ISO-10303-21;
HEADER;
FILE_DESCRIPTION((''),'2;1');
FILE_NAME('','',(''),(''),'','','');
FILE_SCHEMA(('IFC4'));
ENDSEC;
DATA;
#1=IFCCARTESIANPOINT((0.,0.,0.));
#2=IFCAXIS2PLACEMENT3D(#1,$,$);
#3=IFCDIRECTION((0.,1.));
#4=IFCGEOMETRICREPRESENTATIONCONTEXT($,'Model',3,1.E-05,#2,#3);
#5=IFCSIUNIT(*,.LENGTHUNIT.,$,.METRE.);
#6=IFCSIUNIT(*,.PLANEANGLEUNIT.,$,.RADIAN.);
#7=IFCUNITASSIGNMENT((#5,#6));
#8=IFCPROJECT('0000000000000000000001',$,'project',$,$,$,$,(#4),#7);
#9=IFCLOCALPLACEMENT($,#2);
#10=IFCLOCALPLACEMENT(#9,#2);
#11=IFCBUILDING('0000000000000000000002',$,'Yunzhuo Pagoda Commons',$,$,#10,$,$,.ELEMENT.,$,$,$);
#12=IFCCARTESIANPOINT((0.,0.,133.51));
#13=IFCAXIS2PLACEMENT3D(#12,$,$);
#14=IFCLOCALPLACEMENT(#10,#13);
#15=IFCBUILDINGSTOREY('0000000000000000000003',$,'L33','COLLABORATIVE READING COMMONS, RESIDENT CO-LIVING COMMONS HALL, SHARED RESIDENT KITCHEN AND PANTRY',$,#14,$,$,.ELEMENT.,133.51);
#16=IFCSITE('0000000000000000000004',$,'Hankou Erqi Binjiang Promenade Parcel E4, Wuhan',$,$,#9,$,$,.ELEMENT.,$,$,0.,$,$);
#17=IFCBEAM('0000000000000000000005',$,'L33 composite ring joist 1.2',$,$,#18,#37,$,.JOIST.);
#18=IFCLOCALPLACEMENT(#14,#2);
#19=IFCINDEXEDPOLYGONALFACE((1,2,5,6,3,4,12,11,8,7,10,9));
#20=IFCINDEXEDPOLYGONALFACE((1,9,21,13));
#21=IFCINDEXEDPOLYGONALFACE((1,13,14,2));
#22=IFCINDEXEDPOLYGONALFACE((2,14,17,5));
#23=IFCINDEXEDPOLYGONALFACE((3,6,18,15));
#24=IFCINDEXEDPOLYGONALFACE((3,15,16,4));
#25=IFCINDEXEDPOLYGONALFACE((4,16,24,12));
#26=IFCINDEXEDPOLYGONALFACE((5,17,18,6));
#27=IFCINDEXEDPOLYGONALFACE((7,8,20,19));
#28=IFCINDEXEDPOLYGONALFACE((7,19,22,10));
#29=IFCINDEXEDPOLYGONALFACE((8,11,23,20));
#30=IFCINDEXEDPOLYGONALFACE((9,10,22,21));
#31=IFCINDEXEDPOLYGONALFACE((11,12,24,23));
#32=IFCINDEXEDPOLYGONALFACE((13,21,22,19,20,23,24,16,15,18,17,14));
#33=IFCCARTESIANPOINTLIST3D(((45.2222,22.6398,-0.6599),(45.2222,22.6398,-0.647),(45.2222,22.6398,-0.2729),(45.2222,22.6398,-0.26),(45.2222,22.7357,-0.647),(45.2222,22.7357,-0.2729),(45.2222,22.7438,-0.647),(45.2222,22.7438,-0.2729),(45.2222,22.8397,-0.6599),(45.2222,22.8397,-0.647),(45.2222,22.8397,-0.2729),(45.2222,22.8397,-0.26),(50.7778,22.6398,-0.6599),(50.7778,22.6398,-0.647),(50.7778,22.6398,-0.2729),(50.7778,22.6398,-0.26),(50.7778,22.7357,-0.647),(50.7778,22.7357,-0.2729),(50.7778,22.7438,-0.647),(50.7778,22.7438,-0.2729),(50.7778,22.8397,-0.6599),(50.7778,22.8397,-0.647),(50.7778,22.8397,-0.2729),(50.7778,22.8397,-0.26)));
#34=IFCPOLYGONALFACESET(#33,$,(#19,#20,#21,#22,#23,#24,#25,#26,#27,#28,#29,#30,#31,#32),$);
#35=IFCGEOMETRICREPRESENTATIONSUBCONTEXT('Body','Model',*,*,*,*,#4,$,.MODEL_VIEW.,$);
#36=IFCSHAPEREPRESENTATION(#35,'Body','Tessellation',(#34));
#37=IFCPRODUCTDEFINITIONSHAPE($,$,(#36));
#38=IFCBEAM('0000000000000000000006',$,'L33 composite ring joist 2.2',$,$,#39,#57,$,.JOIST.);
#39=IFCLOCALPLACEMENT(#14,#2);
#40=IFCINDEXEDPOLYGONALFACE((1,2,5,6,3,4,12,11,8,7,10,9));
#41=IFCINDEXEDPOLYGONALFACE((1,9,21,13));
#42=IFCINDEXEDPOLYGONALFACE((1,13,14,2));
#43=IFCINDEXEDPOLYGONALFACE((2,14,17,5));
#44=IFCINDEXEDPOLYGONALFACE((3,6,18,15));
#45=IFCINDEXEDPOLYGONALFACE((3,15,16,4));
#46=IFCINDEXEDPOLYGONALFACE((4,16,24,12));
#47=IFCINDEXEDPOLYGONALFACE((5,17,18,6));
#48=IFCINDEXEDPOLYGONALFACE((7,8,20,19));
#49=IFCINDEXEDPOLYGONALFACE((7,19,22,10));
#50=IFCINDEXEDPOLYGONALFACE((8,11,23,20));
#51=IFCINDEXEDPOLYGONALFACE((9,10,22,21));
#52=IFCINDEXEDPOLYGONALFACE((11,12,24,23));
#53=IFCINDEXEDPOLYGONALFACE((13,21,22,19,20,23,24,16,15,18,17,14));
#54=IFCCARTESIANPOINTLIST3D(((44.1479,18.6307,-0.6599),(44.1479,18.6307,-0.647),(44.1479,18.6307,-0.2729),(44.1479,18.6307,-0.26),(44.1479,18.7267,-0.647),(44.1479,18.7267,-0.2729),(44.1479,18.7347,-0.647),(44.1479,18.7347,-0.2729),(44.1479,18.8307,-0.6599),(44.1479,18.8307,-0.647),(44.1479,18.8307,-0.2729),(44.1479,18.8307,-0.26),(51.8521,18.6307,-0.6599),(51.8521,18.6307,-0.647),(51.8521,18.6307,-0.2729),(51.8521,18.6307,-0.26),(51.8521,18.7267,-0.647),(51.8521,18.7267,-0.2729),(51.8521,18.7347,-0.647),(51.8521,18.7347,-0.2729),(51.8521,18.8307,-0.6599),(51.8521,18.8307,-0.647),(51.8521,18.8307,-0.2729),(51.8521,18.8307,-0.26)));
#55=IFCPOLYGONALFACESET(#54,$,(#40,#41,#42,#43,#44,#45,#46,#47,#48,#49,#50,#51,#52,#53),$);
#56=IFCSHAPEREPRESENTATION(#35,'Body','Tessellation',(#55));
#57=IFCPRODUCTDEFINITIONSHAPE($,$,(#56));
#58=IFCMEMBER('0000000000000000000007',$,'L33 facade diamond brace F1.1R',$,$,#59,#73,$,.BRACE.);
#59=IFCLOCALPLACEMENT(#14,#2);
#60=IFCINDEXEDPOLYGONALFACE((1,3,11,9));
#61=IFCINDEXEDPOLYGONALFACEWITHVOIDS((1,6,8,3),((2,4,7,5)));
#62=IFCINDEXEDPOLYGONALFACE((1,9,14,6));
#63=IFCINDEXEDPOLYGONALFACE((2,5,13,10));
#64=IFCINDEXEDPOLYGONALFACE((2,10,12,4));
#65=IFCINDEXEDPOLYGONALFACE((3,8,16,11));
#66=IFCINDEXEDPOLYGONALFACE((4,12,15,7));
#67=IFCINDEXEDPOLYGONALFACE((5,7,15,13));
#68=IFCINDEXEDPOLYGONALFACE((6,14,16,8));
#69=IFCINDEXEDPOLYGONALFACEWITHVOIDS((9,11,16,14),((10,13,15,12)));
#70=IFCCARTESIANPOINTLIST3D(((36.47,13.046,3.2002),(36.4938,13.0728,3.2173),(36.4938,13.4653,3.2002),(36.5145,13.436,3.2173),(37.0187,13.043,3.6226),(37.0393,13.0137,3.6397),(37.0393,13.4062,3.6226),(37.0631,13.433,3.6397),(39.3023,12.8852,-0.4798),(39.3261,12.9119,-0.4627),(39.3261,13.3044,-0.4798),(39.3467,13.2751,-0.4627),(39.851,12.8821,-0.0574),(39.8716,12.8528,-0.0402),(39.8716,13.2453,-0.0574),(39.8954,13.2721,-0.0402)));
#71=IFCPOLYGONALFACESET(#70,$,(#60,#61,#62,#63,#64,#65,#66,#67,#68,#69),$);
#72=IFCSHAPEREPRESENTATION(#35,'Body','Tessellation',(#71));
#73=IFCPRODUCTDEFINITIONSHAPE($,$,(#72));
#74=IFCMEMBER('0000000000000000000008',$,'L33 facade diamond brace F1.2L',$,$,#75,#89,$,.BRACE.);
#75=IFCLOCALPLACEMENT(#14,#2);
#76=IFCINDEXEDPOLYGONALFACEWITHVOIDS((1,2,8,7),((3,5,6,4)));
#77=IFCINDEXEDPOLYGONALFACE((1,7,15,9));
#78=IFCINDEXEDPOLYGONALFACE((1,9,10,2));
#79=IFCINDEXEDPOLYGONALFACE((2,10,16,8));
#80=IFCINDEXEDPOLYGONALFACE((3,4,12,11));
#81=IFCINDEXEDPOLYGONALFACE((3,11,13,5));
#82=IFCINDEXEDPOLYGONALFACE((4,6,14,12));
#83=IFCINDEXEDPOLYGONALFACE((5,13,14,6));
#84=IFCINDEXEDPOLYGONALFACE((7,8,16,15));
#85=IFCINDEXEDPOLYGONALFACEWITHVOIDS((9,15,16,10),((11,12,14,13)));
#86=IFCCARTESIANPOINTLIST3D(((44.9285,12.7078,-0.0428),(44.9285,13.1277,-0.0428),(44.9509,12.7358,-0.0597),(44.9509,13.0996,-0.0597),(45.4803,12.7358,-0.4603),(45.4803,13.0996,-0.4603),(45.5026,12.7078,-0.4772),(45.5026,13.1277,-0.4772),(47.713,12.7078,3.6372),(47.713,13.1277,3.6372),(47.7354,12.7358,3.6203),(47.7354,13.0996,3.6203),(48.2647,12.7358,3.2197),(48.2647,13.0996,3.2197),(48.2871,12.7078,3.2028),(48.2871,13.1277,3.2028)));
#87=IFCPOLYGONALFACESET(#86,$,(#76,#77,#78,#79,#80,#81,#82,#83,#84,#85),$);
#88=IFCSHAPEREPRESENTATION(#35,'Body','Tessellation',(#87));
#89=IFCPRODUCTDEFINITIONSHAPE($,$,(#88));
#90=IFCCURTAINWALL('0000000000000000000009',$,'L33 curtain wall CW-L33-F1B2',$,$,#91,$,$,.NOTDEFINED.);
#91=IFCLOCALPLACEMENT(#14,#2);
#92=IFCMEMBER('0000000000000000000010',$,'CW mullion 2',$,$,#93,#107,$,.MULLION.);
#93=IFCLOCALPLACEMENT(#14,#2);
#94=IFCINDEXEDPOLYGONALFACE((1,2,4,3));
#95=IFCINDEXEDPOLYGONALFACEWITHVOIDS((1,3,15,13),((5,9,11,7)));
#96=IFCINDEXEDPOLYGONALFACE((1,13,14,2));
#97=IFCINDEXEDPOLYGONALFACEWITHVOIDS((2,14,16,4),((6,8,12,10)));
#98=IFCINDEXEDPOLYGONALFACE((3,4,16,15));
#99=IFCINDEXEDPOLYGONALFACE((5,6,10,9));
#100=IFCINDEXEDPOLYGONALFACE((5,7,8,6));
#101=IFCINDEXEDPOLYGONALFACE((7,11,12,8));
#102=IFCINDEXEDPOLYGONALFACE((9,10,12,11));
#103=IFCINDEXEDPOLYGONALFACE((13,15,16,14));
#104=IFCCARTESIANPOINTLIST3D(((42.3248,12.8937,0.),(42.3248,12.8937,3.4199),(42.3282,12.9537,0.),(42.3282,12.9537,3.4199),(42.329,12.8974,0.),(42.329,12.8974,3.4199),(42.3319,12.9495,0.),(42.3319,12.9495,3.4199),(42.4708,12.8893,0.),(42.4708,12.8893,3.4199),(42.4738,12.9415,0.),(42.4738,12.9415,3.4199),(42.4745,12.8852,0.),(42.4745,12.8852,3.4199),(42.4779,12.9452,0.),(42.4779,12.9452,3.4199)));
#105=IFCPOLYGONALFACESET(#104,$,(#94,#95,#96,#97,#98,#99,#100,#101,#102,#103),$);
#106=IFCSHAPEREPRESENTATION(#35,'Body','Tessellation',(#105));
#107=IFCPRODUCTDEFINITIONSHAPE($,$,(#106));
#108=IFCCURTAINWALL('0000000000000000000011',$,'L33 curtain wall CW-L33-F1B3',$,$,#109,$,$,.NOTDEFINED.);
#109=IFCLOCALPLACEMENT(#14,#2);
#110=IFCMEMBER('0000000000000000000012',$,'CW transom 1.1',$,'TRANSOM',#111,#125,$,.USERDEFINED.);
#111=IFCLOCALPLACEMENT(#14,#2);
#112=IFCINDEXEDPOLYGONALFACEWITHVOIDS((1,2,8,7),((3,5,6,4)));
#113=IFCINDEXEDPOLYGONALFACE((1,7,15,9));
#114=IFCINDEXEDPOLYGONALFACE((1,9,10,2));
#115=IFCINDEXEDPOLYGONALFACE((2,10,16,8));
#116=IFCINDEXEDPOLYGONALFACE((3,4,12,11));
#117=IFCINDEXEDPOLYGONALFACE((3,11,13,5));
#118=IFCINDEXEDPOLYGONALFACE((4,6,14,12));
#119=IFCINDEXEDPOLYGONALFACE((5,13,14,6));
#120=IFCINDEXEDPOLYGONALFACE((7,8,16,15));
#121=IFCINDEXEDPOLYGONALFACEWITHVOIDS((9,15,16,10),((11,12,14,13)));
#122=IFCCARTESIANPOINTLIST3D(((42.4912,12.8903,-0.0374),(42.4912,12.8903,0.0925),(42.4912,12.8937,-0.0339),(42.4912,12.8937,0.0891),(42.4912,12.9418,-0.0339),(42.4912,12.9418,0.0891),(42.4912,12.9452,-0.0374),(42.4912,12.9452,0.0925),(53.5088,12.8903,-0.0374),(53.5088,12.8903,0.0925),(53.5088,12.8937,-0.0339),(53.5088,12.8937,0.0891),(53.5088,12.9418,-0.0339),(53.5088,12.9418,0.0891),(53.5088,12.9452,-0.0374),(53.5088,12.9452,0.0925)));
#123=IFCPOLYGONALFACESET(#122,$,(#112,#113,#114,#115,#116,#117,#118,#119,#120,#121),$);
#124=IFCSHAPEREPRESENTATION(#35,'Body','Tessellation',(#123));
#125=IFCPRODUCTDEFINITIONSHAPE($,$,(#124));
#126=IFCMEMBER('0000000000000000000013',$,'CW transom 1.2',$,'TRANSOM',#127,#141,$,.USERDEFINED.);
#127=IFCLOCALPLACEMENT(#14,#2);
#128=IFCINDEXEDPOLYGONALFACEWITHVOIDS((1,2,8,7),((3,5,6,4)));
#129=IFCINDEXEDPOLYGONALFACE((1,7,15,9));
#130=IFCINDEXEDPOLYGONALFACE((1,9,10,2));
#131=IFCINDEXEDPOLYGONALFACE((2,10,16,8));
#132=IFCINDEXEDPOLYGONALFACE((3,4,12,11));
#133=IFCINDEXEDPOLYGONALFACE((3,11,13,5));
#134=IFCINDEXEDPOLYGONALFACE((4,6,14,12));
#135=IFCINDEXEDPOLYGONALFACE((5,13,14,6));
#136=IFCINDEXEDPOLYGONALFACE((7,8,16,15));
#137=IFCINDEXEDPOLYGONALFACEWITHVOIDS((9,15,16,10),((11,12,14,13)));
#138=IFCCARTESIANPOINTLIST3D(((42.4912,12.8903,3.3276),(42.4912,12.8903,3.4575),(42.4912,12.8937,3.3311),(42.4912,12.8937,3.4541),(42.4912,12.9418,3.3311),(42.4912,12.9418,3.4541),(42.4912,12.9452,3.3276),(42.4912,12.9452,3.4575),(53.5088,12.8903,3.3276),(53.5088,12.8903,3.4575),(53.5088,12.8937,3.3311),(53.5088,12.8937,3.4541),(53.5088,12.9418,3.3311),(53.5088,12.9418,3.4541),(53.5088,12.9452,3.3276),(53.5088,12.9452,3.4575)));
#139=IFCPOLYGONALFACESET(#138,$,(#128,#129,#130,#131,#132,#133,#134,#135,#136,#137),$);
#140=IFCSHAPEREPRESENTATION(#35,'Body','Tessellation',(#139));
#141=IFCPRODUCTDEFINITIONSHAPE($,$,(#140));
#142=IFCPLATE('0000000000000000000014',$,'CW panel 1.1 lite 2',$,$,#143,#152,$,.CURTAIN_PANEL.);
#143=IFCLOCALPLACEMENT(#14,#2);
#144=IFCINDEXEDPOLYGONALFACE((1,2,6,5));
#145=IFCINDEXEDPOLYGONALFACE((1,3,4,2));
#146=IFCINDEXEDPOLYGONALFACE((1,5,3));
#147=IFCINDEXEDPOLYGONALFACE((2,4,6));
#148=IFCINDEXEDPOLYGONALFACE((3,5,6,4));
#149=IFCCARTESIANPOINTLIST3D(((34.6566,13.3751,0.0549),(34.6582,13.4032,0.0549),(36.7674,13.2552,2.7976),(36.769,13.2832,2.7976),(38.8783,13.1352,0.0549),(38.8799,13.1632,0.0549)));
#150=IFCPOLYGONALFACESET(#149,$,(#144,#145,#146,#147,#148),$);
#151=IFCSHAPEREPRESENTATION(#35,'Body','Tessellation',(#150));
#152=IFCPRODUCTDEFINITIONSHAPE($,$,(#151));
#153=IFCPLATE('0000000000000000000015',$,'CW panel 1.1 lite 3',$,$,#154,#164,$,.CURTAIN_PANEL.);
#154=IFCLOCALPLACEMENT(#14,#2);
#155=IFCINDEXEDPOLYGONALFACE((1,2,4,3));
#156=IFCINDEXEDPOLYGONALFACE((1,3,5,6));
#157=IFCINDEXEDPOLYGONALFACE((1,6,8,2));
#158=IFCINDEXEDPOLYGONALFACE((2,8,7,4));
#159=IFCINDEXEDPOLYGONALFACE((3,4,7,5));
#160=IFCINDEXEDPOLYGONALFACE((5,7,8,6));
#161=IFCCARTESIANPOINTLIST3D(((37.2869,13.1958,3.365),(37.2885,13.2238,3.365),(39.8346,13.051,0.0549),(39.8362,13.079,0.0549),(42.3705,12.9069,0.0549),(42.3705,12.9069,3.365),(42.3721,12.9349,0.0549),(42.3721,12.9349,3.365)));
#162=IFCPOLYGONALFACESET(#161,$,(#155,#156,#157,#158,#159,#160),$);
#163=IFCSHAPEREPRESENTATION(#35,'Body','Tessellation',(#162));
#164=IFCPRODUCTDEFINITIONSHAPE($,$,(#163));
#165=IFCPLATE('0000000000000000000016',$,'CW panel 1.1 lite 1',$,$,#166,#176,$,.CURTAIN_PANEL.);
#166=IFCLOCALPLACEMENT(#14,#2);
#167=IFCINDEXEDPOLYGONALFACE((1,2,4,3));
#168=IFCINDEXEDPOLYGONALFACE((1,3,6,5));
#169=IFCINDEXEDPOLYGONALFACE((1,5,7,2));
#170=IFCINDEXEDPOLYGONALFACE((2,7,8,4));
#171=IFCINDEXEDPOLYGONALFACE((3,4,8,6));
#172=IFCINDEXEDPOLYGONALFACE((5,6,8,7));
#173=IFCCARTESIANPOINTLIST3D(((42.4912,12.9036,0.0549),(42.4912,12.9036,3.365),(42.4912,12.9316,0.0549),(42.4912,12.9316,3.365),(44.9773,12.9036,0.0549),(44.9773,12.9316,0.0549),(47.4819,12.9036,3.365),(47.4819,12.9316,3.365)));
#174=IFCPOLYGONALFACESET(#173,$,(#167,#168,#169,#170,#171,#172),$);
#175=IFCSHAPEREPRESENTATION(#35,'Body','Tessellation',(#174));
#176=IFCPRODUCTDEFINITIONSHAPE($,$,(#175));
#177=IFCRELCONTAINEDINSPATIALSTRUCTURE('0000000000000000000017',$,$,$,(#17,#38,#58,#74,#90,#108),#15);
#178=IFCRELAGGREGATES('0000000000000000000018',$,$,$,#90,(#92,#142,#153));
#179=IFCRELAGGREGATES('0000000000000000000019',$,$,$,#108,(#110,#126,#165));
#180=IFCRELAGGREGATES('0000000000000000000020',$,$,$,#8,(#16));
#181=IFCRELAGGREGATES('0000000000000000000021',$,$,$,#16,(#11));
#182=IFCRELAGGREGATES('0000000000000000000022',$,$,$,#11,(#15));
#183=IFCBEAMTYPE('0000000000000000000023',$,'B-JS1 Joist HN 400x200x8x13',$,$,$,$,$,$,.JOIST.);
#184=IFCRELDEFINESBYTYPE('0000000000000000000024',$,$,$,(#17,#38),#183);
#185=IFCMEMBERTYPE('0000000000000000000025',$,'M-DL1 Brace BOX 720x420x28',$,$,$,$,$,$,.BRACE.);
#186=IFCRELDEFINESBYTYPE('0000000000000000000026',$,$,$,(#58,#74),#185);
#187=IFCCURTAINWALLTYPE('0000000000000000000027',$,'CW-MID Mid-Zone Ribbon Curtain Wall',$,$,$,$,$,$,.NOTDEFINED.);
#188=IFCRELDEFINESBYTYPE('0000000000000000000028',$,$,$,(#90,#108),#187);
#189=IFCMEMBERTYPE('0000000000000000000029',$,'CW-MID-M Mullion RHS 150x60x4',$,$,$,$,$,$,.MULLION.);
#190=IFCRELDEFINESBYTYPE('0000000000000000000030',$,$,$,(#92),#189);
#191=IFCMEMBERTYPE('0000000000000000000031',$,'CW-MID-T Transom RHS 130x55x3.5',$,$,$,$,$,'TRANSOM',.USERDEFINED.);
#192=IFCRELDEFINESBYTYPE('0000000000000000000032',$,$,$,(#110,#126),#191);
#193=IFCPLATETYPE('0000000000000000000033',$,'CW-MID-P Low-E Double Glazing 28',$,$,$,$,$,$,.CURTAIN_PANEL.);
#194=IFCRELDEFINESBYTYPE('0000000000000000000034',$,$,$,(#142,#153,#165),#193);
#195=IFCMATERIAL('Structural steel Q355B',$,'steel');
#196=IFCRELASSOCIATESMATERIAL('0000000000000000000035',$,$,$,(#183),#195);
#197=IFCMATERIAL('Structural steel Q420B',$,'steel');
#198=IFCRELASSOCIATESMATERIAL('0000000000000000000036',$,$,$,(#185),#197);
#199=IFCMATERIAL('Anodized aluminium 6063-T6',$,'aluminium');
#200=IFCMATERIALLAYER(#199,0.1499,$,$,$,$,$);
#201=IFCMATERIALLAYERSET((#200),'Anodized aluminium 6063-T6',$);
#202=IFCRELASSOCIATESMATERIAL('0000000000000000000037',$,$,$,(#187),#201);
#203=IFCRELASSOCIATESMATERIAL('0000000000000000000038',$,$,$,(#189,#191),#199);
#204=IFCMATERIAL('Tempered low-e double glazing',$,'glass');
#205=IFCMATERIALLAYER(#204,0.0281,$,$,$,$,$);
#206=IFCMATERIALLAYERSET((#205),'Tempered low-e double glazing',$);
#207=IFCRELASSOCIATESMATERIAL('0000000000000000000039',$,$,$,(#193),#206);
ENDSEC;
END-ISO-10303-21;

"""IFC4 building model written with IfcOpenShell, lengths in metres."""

from ifc_helpers import new_model, si_unit, direction, frame, origin, origin_2d, place, context, subcontext, project, spatial, polyline, hollow_rectangle, i_section, outline, extrude, source, transform, mapped, material, layer, layer_set, material_profile, profile_set, type_object, element, aggregate, save


model = new_model("IFC4")

# Units and contexts
model_context = context("Model", 3, precision=1e-05, world=origin(), true_north=direction((0.0, 1.0)))
body_context = subcontext(model_context, "Body", "Model", "MODEL_VIEW")
ifc_project = project(units=[si_unit("LENGTHUNIT", "METRE"), si_unit("PLANEANGLEUNIT", "RADIAN")], contexts=[model_context])

# Site, building, storey
site_placement = place(None, origin())
site = spatial("IfcSite", under=ifc_project, at=site_placement, Name="Hankou Erqi Binjiang Promenade Parcel E4, Wuhan", CompositionType="ELEMENT", RefElevation=0.0)
building_placement = place(site_placement, origin())
building = spatial("IfcBuilding", under=site, at=building_placement, Name="Yunzhuo Pagoda Commons", CompositionType="ELEMENT")
storey_placement = place(building_placement, frame((0.0, 0.0, 133.51)))
storey = spatial("IfcBuildingStorey", under=building, at=storey_placement, Name="L33", Description="COLLABORATIVE READING COMMONS, RESIDENT CO-LIVING COMMONS HALL, SHARED RESIDENT KITCHEN AND PANTRY", CompositionType="ELEMENT", Elevation=133.51)

# Shared definitions
ifc_material_1 = material(Name="Structural steel Q420B", Category="steel")

# Beams
ifc_material_2 = material(Name="Structural steel Q355B", Category="steel")
ifc_material_profile_1 = material_profile(ifc_material_2, i_section(OverallWidth=0.2, OverallDepth=0.3999, WebThickness=0.0081, FlangeThickness=0.0129, at=origin_2d()), Name="Structural steel Q355B")
ifc_profile_set_1 = profile_set([ifc_material_profile_1], Name="Structural steel Q355B")
beam_type_1 = type_object("IfcBeamType", Name="B-JS1 Joist HN 400x200x8x13", PredefinedType="JOIST", material=ifc_profile_set_1)
shared_shape_1 = source(origin(), body_context, "Body", "SweptSolid", [
    extrude(i_section(OverallWidth=0.2, OverallDepth=0.3999, WebThickness=0.0081, FlangeThickness=0.0129, at=origin_2d()), origin(), (0.0, 0.0, 1.0), 5.5557),
])
beam_1_placement = place(storey_placement, frame((45.2222, 22.7397, -0.46), z_axis=(1.0, 0.0, 0.0), x_axis=(0.0, 1.0, 0.0)))
element("IfcBeam", 1, at=beam_1_placement, inside=storey, type_object=beam_type_1, Name="L33 composite ring joist 1.2", PredefinedType="JOIST", context=body_context, shape_type="MappedRepresentation", body=[
    mapped(shared_shape_1, transform((0.0, 0.0, 0.0), scale=1.0)),
])
shared_shape_2 = source(origin(), body_context, "Body", "SweptSolid", [
    extrude(i_section(OverallWidth=0.2, OverallDepth=0.3999, WebThickness=0.0081, FlangeThickness=0.0129, at=origin_2d()), origin(), (0.0, 0.0, 1.0), 7.7041),
])
beam_2_placement = place(storey_placement, frame((44.1479, 18.7307, -0.46), z_axis=(1.0, 0.0, 0.0), x_axis=(0.0, 1.0, 0.0)))
element("IfcBeam", 2, at=beam_2_placement, inside=storey, type_object=beam_type_1, Name="L33 composite ring joist 2.2", PredefinedType="JOIST", context=body_context, shape_type="MappedRepresentation", body=[
    mapped(shared_shape_2, transform((0.0, 0.0, 0.0), scale=1.0)),
])

# Members
ifc_material_profile_2 = material_profile(ifc_material_1, hollow_rectangle(XDim=0.4199, YDim=0.72, WallThickness=0.0281, at=origin_2d()), Name="Structural steel Q420B")
ifc_profile_set_2 = profile_set([ifc_material_profile_2], Name="Structural steel Q420B")
member_type_1 = type_object("IfcMemberType", Name="M-DL1 Brace BOX 720x420x28", PredefinedType="BRACE", material=ifc_profile_set_2)
shared_shape_3 = source(origin(), body_context, "Body", "SweptSolid", [
    extrude(hollow_rectangle(XDim=0.4199, YDim=0.72, WallThickness=0.0281, at=origin_2d()), origin(), (0.0, 0.0, 1.0), 4.6465),
])
member_1_placement = place(storey_placement, frame((39.5989, 13.0786, -0.26), z_axis=(-0.609556, 0.034626, 0.791987), x_axis=(-0.056714, -0.99839, 0.0)))
element("IfcMember", 3, at=member_1_placement, inside=storey, type_object=member_type_1, Name="L33 facade diamond brace F1.1R", PredefinedType="BRACE", context=body_context, shape_type="MappedRepresentation", body=[
    mapped(shared_shape_3, transform((0.0, 0.0, 0.0), scale=1.0)),
])
shared_shape_4 = source(origin(), body_context, "Body", "SweptSolid", [
    extrude(hollow_rectangle(XDim=0.4199, YDim=0.72, WallThickness=0.0281, at=origin_2d()), origin(), (0.0, 0.0, 1.0), 4.6147),
])
member_2_placement = place(storey_placement, frame((45.2156, 12.9177, -0.26), z_axis=(0.603389, 0.0, 0.797447), x_axis=(0.0, 1.0, 0.0)))
element("IfcMember", 4, at=member_2_placement, inside=storey, type_object=member_type_1, Name="L33 facade diamond brace F1.2L", PredefinedType="BRACE", context=body_context, shape_type="MappedRepresentation", body=[
    mapped(shared_shape_4, transform((0.0, 0.0, 0.0), scale=1.0)),
])

# Curtain wall, member
ifc_material_3 = material(Name="Anodized aluminium 6063-T6", Category="aluminium")
ifc_layer_1 = layer(ifc_material_3, 0.1499)
ifc_layer_set_1 = layer_set([ifc_layer_1], Name="Anodized aluminium 6063-T6")
curtain_wall_type = type_object("IfcCurtainWallType", Name="CW-MID Mid-Zone Ribbon Curtain Wall", PredefinedType="NOTDEFINED", material=ifc_layer_set_1)
curtain_wall_1_placement = place(storey_placement, origin())
curtain_wall_1 = element("IfcCurtainWall", 5, at=curtain_wall_1_placement, inside=storey, type_object=curtain_wall_type, Name="L33 curtain wall CW-L33-F1B2", PredefinedType="NOTDEFINED")
ifc_material_profile_3 = material_profile(ifc_material_3, hollow_rectangle(XDim=0.0601, YDim=0.1499, WallThickness=0.0039, at=origin_2d()), Name="Anodized aluminium 6063-T6")
ifc_profile_set_3 = profile_set([ifc_material_profile_3], Name="Anodized aluminium 6063-T6")
member_type_2 = type_object("IfcMemberType", Name="CW-MID-M Mullion RHS 150x60x4", PredefinedType="MULLION", material=ifc_profile_set_3)
shared_shape_5 = source(origin(), body_context, "Body", "SweptSolid", [
    extrude(hollow_rectangle(XDim=0.0601, YDim=0.1499, WallThickness=0.0039, at=origin_2d()), origin(), (0.0, 0.0, 1.0), 3.4199),
])
member_3_placement = place(storey_placement, frame((42.4014, 12.9194, 0.0), z_axis=(0.0, 0.0, 1.0), x_axis=(0.056742, 0.998389, 0.0)))
member_3 = element("IfcMember", 6, at=member_3_placement, type_object=member_type_2, Name="CW mullion 2", PredefinedType="MULLION", context=body_context, shape_type="MappedRepresentation", body=[
    mapped(shared_shape_5, transform((0.0, 0.0, 0.0), scale=1.0)),
])

# Curtain wall, members
curtain_wall_2_placement = place(storey_placement, origin())
curtain_wall_2 = element("IfcCurtainWall", 7, at=curtain_wall_2_placement, inside=storey, type_object=curtain_wall_type, Name="L33 curtain wall CW-L33-F1B3", PredefinedType="NOTDEFINED")
ifc_material_profile_4 = material_profile(ifc_material_3, hollow_rectangle(XDim=0.0549, YDim=0.1299, WallThickness=0.0034, at=origin_2d()), Name="Anodized aluminium 6063-T6")
ifc_profile_set_4 = profile_set([ifc_material_profile_4], Name="Anodized aluminium 6063-T6")
member_type_3 = type_object("IfcMemberType", Name="CW-MID-T Transom RHS 130x55x3.5", ElementType="TRANSOM", PredefinedType="USERDEFINED", material=ifc_profile_set_4)
shared_shape_6 = source(origin(), body_context, "Body", "SweptSolid", [
    extrude(hollow_rectangle(XDim=0.0549, YDim=0.1299, WallThickness=0.0034, at=origin_2d()), origin(), (0.0, 0.0, 1.0), 11.0176),
])
member_4_placement = place(storey_placement, frame((42.4912, 12.9177, 0.0276), z_axis=(1.0, 0.0, 0.0), x_axis=(0.0, 1.0, 0.0)))
member_4 = element("IfcMember", 8, at=member_4_placement, type_object=member_type_3, Name="CW transom 1.1", ObjectType="TRANSOM", PredefinedType="USERDEFINED", context=body_context, shape_type="MappedRepresentation", body=[
    mapped(shared_shape_6, transform((0.0, 0.0, 0.0), scale=1.0)),
])
member_5_placement = place(storey_placement, frame((42.4912, 12.9177, 3.3926), z_axis=(1.0, 0.0, 0.0), x_axis=(0.0, 1.0, 0.0)))
member_5 = element("IfcMember", 9, at=member_5_placement, type_object=member_type_3, Name="CW transom 1.2", ObjectType="TRANSOM", PredefinedType="USERDEFINED", context=body_context, shape_type="MappedRepresentation", body=[
    mapped(shared_shape_6, transform((0.0, 0.0, 0.0), scale=1.0)),
])

# Plates
ifc_material_4 = material(Name="Tempered low-e double glazing", Category="glass")
ifc_layer_2 = layer(ifc_material_4, 0.0281)
ifc_layer_set_2 = layer_set([ifc_layer_2], Name="Tempered low-e double glazing")
plate_type_1 = type_object("IfcPlateType", Name="CW-MID-P Low-E Double Glazing 28", PredefinedType="CURTAIN_PANEL", material=ifc_layer_set_2)
plate_1_placement = place(storey_placement, frame((36.769, 13.2832, 1.4263), z_axis=(-0.056742, -0.998389, 0.0), x_axis=(0.998389, -0.056742, 0.0)))
plate_1 = element("IfcPlate", 10, at=plate_1_placement, type_object=plate_type_1, Name="CW panel 1.1 lite 2", PredefinedType="CURTAIN_PANEL", context=body_context, shape_type="SweptSolid", body=[
    extrude(outline(polyline([(-2.1143, -1.3713), (2.1143, -1.3713), (0.0, 1.3713), (-2.1143, -1.3713)])), origin(), (0.0, 0.0, 1.0), 0.0281),
])
plate_2_placement = place(storey_placement, frame((39.8303, 13.0793, 1.71), z_axis=(-0.056742, -0.998389, 0.0), x_axis=(0.998389, -0.056742, 0.0)))
plate_2 = element("IfcPlate", 11, at=plate_2_placement, type_object=plate_type_1, Name="CW panel 1.1 lite 3", PredefinedType="CURTAIN_PANEL", context=body_context, shape_type="SweptSolid", body=[
    extrude(outline(polyline([(-2.5459, 1.655), (0.0059, -1.655), (2.5459, -1.655), (2.5459, 1.655), (-2.5459, 1.655)])), origin(), (0.0, 0.0, 1.0), 0.0281),
])
aggregate(curtain_wall_1, [member_3, plate_1, plate_2])
plate_3_placement = place(storey_placement, frame((44.9866, 12.9316, 1.71), z_axis=(0.0, -1.0, 0.0), x_axis=(1.0, 0.0, 0.0)))
plate_3 = element("IfcPlate", 12, at=plate_3_placement, type_object=plate_type_1, Name="CW panel 1.1 lite 1", PredefinedType="CURTAIN_PANEL", context=body_context, shape_type="SweptSolid", body=[
    extrude(outline(polyline([(-2.4954, -1.655), (-0.0093, -1.655), (2.4954, 1.655), (-2.4954, 1.655), (-2.4954, -1.655)])), origin(), (0.0, 0.0, 1.0), 0.0281),
])
aggregate(curtain_wall_2, [member_4, member_5, plate_3])

save(model, "model.ifc")
